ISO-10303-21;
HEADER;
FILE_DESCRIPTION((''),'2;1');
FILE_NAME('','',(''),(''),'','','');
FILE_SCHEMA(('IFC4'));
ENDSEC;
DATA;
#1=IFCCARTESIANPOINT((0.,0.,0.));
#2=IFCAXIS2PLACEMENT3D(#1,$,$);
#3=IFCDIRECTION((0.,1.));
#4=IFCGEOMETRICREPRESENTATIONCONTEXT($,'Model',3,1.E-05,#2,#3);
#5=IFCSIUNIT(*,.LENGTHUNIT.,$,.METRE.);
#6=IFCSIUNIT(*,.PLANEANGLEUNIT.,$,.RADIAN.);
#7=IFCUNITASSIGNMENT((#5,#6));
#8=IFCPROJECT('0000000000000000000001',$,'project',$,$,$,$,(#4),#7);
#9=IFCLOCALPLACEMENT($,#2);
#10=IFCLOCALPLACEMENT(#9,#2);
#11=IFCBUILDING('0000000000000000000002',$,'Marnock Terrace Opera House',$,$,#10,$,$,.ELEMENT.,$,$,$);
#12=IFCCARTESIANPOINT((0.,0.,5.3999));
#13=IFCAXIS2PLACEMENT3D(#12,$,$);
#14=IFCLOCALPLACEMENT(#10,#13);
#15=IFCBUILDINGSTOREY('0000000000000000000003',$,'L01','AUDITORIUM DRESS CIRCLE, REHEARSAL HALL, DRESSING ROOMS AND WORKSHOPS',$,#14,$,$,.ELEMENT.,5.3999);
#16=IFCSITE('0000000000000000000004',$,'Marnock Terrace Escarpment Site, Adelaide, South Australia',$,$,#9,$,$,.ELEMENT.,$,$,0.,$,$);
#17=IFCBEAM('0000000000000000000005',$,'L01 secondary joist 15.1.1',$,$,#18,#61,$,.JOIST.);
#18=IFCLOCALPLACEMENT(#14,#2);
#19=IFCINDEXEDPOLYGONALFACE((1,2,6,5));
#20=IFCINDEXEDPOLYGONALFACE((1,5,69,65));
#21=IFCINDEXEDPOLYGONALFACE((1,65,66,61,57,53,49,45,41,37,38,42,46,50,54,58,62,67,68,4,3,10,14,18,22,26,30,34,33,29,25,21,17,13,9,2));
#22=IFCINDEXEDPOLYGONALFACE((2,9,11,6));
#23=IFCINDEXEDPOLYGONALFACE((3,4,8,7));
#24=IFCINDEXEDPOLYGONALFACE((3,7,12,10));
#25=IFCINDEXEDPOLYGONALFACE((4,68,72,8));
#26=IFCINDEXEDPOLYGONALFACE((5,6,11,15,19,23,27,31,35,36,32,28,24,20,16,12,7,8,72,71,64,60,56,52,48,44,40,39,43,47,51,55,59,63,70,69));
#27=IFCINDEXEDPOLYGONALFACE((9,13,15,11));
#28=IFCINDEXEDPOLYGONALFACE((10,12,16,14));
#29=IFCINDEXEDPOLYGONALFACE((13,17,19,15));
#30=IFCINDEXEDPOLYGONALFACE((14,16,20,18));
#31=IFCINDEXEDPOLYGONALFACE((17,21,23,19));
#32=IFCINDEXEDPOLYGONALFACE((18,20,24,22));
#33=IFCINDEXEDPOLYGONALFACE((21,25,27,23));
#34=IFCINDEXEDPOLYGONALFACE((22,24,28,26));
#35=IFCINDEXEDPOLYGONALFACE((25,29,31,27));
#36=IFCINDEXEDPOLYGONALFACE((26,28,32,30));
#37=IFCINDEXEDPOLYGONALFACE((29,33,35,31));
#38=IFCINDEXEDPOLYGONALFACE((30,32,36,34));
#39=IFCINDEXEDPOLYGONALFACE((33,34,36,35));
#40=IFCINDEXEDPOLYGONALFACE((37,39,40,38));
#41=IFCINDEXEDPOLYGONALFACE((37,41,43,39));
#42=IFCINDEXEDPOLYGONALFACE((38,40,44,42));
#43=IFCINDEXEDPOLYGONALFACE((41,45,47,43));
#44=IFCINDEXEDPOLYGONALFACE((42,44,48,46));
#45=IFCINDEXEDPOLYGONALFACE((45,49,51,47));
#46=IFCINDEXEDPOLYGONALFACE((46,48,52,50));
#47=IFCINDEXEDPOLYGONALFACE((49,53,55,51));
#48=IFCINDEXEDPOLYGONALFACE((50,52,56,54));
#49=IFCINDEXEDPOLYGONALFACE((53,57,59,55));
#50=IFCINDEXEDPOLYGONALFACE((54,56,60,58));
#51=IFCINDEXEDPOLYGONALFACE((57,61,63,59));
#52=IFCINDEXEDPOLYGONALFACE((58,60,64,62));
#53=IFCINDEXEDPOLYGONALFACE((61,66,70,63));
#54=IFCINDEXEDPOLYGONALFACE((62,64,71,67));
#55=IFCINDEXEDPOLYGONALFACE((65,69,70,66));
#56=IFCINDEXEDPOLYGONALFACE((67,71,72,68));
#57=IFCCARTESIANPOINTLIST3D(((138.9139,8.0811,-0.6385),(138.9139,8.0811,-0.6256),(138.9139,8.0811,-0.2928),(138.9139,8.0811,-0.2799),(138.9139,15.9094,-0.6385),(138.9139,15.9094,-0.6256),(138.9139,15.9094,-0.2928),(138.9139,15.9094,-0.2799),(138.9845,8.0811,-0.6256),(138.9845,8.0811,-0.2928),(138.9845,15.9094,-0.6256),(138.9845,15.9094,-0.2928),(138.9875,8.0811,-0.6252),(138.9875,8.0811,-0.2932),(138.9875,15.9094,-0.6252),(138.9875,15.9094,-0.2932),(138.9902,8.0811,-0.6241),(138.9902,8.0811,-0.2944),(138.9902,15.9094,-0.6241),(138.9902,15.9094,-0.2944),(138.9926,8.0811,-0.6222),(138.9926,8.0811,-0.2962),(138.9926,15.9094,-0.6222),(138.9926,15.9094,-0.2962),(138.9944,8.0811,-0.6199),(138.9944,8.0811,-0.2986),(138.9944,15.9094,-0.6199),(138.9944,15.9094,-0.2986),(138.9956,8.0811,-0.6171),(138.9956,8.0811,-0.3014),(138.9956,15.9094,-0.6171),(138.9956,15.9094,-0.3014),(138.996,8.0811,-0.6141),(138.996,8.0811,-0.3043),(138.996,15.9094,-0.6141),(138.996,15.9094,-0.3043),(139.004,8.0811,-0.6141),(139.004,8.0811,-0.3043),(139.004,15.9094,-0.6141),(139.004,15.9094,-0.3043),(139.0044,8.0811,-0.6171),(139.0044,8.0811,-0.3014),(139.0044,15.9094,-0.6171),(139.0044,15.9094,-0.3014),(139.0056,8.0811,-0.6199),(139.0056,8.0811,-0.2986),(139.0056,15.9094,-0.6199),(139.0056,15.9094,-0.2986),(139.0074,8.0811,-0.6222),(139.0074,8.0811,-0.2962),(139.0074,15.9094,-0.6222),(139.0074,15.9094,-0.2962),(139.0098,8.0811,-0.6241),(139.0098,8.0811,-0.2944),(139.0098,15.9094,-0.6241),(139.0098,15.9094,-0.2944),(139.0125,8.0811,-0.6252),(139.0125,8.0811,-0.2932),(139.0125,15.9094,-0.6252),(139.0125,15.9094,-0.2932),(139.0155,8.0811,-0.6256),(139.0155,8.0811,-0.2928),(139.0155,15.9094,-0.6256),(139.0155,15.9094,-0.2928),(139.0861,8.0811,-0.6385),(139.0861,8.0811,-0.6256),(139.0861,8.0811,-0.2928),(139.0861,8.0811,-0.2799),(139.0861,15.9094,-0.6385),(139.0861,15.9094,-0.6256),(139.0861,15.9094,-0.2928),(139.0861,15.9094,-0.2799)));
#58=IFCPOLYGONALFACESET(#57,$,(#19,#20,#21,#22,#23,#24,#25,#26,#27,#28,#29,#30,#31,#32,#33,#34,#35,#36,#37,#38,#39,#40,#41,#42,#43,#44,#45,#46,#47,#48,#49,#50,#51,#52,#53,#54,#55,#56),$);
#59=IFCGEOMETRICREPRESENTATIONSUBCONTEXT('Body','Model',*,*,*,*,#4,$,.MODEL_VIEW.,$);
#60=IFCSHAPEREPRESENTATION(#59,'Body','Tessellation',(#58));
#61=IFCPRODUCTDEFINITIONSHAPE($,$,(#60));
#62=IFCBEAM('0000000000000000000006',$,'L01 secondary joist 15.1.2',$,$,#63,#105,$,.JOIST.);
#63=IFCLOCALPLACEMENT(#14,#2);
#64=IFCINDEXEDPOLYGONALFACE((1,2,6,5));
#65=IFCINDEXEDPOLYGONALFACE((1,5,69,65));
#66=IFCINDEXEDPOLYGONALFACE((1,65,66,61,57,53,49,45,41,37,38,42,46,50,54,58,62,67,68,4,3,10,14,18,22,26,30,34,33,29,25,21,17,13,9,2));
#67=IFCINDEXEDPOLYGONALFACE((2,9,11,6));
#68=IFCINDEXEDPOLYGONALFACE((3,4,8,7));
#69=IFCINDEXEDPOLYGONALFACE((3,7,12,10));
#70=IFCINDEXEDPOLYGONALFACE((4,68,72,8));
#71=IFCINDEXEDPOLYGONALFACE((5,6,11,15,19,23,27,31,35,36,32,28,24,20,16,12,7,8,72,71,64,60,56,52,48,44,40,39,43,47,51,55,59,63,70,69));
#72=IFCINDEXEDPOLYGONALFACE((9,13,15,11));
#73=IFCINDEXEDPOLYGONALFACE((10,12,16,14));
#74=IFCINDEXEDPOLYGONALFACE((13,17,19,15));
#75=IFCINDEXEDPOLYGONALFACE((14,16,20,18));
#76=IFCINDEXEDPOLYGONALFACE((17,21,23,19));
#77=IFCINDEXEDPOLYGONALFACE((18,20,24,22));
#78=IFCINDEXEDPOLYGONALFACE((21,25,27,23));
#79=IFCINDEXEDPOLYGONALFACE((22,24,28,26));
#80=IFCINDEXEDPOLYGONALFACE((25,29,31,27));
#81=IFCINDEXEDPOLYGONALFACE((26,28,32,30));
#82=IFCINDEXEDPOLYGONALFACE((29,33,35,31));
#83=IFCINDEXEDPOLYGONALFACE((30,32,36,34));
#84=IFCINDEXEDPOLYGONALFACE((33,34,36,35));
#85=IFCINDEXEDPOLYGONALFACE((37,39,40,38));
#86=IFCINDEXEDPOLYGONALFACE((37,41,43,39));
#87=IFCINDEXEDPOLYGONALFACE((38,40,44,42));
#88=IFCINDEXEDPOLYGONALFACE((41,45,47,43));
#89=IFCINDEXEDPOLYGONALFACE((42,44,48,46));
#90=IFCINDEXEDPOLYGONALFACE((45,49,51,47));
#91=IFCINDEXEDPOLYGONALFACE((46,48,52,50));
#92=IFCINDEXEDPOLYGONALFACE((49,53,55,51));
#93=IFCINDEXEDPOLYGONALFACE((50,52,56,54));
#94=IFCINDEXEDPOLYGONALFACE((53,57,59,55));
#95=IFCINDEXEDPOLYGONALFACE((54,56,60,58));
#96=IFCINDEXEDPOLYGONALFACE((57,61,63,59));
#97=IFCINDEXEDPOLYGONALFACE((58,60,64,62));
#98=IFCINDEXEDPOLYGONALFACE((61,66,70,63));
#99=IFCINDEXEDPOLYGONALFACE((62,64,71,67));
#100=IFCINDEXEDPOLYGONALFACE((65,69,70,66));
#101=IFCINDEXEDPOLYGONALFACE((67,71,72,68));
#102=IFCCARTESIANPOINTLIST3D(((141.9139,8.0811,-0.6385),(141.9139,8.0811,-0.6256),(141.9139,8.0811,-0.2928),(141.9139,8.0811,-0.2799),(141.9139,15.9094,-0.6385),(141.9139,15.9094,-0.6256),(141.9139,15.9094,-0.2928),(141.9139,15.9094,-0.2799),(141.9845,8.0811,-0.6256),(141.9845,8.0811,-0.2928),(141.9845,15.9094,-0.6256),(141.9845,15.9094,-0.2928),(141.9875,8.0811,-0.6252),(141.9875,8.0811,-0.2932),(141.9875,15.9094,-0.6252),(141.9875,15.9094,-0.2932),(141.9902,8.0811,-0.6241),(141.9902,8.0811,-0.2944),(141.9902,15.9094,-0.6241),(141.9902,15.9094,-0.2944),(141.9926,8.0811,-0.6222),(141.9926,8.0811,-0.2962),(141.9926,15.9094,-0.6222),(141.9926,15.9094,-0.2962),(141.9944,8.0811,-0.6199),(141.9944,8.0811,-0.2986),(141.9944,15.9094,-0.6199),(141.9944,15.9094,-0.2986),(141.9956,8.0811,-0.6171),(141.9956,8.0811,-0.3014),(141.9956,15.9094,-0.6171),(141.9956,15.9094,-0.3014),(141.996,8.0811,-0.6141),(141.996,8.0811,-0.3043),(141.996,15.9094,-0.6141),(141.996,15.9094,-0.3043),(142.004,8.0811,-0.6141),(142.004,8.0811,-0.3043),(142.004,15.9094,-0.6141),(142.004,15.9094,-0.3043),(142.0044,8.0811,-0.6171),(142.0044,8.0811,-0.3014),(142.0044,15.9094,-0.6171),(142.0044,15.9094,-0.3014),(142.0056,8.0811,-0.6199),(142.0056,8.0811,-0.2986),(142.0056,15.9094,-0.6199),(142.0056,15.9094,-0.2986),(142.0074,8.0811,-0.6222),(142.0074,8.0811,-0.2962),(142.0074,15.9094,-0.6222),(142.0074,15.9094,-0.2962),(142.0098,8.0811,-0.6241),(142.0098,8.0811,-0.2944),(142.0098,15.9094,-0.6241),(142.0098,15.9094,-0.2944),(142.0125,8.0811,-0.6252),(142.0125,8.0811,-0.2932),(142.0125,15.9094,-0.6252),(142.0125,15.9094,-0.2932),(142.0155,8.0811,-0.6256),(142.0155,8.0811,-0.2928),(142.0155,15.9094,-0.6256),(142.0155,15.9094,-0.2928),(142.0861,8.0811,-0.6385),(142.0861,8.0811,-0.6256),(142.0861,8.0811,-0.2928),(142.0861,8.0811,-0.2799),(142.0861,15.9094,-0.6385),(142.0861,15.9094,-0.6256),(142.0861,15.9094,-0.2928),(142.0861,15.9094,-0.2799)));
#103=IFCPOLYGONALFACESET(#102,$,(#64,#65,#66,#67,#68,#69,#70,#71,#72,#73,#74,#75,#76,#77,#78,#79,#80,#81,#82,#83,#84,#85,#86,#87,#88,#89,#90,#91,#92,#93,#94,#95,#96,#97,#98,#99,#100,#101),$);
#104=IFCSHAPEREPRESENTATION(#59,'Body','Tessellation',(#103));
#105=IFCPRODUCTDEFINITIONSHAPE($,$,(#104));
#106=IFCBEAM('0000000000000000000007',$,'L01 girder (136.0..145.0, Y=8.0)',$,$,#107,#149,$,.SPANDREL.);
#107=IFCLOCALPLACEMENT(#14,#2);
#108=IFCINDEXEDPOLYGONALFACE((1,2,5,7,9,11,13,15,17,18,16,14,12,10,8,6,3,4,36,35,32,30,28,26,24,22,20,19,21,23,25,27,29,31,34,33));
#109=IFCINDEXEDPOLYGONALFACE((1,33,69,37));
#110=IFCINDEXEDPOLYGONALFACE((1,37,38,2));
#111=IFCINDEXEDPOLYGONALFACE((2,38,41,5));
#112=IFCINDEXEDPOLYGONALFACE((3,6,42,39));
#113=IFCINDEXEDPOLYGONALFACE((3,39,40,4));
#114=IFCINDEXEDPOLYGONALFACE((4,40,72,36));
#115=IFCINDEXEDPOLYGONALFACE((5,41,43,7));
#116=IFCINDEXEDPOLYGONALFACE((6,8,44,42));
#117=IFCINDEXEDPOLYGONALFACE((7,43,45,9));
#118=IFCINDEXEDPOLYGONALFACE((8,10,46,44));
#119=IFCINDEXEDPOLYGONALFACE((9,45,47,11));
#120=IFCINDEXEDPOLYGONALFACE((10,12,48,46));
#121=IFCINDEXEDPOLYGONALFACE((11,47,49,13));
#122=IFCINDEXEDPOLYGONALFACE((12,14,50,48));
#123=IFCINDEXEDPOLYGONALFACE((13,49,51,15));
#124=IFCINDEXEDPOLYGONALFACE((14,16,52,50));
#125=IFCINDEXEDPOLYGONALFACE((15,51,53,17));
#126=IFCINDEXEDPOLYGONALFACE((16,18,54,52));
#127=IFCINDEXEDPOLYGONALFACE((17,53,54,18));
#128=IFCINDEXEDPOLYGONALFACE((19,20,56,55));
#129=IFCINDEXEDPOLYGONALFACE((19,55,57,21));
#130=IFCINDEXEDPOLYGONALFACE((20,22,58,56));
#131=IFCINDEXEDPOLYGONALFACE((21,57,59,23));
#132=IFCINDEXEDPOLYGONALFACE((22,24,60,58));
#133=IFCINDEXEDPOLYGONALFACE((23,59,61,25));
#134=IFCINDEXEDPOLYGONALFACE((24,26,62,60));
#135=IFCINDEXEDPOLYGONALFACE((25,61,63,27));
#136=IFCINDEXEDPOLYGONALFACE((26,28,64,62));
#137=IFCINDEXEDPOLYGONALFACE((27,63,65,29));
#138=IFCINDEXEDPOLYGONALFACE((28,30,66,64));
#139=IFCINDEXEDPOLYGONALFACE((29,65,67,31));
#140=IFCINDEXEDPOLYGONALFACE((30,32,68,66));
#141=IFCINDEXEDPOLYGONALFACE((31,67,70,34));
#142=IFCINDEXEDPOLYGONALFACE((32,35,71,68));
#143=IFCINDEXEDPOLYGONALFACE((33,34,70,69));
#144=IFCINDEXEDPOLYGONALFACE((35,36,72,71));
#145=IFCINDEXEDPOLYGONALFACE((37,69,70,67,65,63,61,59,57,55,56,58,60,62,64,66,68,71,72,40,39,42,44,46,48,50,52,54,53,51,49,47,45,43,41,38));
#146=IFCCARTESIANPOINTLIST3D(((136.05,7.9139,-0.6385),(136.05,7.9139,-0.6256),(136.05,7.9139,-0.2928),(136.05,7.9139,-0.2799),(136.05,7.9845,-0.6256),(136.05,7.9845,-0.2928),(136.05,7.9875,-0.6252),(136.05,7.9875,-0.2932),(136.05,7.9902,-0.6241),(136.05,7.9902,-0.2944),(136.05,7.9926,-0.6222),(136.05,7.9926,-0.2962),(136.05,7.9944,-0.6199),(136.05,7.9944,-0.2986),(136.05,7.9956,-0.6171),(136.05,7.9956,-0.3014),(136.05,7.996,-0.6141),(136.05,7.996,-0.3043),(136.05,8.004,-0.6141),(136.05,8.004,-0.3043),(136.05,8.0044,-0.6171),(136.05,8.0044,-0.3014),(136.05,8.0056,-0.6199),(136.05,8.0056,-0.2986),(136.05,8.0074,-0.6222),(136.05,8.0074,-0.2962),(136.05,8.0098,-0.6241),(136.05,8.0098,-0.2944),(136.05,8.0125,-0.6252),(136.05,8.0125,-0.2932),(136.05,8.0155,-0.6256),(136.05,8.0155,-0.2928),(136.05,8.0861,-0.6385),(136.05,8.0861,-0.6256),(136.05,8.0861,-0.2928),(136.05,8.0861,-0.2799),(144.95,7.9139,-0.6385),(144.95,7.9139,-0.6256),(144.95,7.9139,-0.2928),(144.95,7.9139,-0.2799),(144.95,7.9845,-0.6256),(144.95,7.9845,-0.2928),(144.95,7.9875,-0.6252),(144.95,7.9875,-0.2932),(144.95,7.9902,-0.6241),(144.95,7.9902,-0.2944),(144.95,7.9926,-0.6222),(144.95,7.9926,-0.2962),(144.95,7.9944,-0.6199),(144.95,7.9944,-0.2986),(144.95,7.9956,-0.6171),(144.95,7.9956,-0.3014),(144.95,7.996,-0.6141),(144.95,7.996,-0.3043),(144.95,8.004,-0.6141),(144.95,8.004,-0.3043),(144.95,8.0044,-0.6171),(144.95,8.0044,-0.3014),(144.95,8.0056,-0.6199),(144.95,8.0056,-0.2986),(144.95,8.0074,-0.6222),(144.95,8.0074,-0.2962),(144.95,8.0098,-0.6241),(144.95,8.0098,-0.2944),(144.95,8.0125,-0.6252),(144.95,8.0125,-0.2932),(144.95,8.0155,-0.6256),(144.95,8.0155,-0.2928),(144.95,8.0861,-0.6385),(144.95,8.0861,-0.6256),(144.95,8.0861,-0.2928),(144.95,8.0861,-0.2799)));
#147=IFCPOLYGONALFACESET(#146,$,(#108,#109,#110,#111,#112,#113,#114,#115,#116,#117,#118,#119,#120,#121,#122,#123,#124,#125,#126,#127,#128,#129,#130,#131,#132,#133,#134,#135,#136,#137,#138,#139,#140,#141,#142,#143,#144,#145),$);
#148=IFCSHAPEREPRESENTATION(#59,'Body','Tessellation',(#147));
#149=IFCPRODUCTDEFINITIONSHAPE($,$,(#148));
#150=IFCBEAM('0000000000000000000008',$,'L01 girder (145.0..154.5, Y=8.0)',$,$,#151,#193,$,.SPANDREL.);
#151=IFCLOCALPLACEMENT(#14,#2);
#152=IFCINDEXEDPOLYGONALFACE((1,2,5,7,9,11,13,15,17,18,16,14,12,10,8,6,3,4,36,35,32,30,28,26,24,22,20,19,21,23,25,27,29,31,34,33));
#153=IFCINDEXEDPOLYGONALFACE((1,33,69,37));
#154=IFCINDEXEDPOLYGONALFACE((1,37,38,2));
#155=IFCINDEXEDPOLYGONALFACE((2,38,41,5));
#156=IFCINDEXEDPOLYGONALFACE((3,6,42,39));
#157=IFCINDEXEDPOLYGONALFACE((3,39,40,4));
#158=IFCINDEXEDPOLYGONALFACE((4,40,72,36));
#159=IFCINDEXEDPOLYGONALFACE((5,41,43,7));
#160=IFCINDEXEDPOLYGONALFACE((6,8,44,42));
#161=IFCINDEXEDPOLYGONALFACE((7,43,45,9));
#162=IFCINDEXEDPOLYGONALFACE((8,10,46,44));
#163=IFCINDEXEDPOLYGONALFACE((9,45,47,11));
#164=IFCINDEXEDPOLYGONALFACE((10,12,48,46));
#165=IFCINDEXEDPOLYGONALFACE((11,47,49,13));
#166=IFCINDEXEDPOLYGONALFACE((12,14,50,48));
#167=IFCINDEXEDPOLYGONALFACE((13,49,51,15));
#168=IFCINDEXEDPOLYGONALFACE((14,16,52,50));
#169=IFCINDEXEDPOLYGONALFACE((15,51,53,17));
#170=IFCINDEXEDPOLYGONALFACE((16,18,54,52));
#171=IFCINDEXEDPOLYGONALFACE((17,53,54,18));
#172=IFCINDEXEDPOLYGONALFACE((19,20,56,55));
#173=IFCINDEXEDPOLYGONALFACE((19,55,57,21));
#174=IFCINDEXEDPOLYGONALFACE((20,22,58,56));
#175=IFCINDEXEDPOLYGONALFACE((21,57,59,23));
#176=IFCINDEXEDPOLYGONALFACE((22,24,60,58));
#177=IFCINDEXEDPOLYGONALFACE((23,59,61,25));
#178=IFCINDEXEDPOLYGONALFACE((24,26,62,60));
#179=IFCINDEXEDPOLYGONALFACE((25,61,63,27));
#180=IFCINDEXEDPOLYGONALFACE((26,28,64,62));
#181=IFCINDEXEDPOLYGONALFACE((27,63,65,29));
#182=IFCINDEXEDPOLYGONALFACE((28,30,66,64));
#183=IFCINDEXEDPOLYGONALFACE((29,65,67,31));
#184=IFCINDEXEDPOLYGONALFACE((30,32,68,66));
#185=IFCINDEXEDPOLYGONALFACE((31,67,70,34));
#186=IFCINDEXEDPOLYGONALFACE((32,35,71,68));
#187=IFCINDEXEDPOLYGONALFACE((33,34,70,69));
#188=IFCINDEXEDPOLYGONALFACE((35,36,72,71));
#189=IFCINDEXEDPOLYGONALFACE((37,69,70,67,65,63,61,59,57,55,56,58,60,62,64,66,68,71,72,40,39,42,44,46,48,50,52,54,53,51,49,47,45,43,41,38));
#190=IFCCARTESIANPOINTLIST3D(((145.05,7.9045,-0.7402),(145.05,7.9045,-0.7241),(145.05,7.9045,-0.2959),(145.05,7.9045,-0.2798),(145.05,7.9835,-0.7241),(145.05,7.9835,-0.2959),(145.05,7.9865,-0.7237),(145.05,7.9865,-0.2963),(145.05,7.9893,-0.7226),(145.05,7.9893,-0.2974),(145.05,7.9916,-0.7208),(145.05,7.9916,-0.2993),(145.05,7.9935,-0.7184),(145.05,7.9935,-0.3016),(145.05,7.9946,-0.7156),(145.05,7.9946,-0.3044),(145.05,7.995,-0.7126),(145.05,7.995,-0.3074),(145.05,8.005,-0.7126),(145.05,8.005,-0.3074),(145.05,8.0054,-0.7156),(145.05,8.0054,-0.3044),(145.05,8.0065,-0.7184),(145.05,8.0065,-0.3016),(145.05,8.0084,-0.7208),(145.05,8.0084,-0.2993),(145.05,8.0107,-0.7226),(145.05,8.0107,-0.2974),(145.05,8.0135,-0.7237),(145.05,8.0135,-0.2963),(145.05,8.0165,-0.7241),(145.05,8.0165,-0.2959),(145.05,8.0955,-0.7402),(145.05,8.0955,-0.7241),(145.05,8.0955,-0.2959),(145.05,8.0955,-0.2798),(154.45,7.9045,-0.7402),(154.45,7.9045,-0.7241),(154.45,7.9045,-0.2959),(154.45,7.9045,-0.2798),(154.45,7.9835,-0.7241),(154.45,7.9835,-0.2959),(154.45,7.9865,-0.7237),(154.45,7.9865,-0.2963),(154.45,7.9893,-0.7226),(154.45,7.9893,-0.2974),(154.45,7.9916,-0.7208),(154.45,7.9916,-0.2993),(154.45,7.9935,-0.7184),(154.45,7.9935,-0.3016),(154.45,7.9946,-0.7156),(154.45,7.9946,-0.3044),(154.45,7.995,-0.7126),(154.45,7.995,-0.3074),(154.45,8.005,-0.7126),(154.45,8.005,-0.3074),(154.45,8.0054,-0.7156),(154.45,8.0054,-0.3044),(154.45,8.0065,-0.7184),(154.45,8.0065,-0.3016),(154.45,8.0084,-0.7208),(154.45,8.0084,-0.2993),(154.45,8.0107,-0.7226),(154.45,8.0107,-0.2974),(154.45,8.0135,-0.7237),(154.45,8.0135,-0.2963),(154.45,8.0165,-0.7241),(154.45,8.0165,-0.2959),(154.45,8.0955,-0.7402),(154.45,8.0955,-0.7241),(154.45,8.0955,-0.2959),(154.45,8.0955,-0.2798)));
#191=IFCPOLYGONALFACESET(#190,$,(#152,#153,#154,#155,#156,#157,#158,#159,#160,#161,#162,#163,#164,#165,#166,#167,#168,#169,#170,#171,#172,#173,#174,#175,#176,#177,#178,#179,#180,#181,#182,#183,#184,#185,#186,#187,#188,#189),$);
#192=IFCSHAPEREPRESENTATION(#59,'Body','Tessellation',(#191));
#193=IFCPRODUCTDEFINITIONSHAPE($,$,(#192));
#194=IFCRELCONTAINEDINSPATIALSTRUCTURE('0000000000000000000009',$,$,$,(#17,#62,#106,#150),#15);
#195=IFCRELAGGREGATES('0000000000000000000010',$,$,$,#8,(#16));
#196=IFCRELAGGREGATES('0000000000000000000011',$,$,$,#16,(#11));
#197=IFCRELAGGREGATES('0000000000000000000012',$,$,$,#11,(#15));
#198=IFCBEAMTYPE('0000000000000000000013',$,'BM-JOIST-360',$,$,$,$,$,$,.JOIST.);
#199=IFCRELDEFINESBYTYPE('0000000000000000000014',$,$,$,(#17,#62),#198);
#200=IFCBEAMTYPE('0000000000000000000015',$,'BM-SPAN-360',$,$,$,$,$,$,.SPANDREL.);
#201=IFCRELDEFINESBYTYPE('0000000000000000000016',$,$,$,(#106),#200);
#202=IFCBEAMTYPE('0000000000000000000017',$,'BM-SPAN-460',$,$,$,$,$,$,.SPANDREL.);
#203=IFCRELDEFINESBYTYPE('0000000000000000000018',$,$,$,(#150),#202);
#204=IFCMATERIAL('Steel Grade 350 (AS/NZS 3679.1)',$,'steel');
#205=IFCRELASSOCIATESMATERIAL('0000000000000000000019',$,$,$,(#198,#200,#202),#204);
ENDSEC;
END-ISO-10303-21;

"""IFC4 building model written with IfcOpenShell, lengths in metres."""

from ifc_helpers import new_model, si_unit, direction, frame, origin, origin_2d, place, context, subcontext, project, spatial, i_section, extrude, material, material_profile, profile_set, type_object, element, save


model = new_model("IFC4")

# Units and contexts
model_context = context("Model", 3, precision=1e-05, world=origin(), true_north=direction((0.0, 1.0)))
body_context = subcontext(model_context, "Body", "Model", "MODEL_VIEW")
ifc_project = project(units=[si_unit("LENGTHUNIT", "METRE"), si_unit("PLANEANGLEUNIT", "RADIAN")], contexts=[model_context])

# Site, building, storey
site_placement = place(None, origin())
site = spatial("IfcSite", under=ifc_project, at=site_placement, Name="Marnock Terrace Escarpment Site, Adelaide, South Australia", CompositionType="ELEMENT", RefElevation=0.0)
building_placement = place(site_placement, origin())
building = spatial("IfcBuilding", under=site, at=building_placement, Name="Marnock Terrace Opera House", CompositionType="ELEMENT")
storey_placement = place(building_placement, frame((0.0, 0.0, 5.3999)))
storey = spatial("IfcBuildingStorey", under=building, at=storey_placement, Name="L01", Description="AUDITORIUM DRESS CIRCLE, REHEARSAL HALL, DRESSING ROOMS AND WORKSHOPS", CompositionType="ELEMENT", Elevation=5.3999)

# Beams
ifc_material_1 = material(Name="Steel Grade 350 (AS/NZS 3679.1)", Category="steel")
ifc_material_profile_1 = material_profile(ifc_material_1, i_section(OverallWidth=0.1721, OverallDepth=0.3586, WebThickness=0.0081, FlangeThickness=0.0129, FilletRadius=0.0115, at=origin_2d()))
ifc_profile_set_1 = profile_set([ifc_material_profile_1], Name="Steel Grade 350 (AS/NZS 3679.1)")
beam_type_1 = type_object("IfcBeamType", Name="BM-JOIST-360", PredefinedType="JOIST", material=ifc_profile_set_1)
for number, where, z_axis, x_axis, name in (
    (1, (139.0, 8.0811, -0.4592), (0.0, 1.0, 0.0), (-1.0, 0.0, 0.0), "L01 secondary joist 15.1.1"),
    (2, (142.0, 8.0811, -0.4592), (0.0, 1.0, 0.0), (-1.0, 0.0, 0.0), "L01 secondary joist 15.1.2"),
):
    element("IfcBeam", number, at=place(storey_placement, frame(where, z_axis=z_axis, x_axis=x_axis)), inside=storey, type_object=beam_type_1, Name=name, PredefinedType="JOIST", context=body_context, shape_type="SweptSolid", body=[
        extrude(i_section(OverallWidth=0.1721, OverallDepth=0.3586, WebThickness=0.0081, FlangeThickness=0.0129, FilletRadius=0.0115, at=origin_2d()), origin(), (0.0, 0.0, 1.0), 7.8284),
    ])
ifc_material_profile_2 = material_profile(ifc_material_1, i_section(OverallWidth=0.1721, OverallDepth=0.3586, WebThickness=0.0081, FlangeThickness=0.0129, FilletRadius=0.0115, at=origin_2d()))
ifc_profile_set_2 = profile_set([ifc_material_profile_2], Name="Steel Grade 350 (AS/NZS 3679.1)")
beam_type_2 = type_object("IfcBeamType", Name="BM-SPAN-360", PredefinedType="SPANDREL", material=ifc_profile_set_2)
beam_1_placement = place(storey_placement, frame((136.05, 8.0, -0.4592), z_axis=(1.0, 0.0, 0.0), x_axis=(0.0, 1.0, 0.0)))
element("IfcBeam", 3, at=beam_1_placement, inside=storey, type_object=beam_type_2, Name="L01 girder (136.0..145.0, Y=8.0)", PredefinedType="SPANDREL", context=body_context, shape_type="SweptSolid", body=[
    extrude(i_section(OverallWidth=0.1721, OverallDepth=0.3586, WebThickness=0.0081, FlangeThickness=0.0129, FilletRadius=0.0115, at=origin_2d()), origin(), (0.0, 0.0, 1.0), 8.8999),
])
ifc_material_profile_3 = material_profile(ifc_material_1, i_section(OverallWidth=0.1909, OverallDepth=0.4604, WebThickness=0.01, FlangeThickness=0.0161, FilletRadius=0.0115, at=origin_2d()))
ifc_profile_set_3 = profile_set([ifc_material_profile_3], Name="Steel Grade 350 (AS/NZS 3679.1)")
beam_type_3 = type_object("IfcBeamType", Name="BM-SPAN-460", PredefinedType="SPANDREL", material=ifc_profile_set_3)
beam_2_placement = place(storey_placement, frame((145.05, 8.0, -0.51), z_axis=(1.0, 0.0, 0.0), x_axis=(0.0, 1.0, 0.0)))
element("IfcBeam", 4, at=beam_2_placement, inside=storey, type_object=beam_type_3, Name="L01 girder (145.0..154.5, Y=8.0)", PredefinedType="SPANDREL", context=body_context, shape_type="SweptSolid", body=[
    extrude(i_section(OverallWidth=0.1909, OverallDepth=0.4604, WebThickness=0.01, FlangeThickness=0.0161, FilletRadius=0.0115, at=origin_2d()), origin(), (0.0, 0.0, 1.0), 9.3999),
])

save(model, "model.ifc")
